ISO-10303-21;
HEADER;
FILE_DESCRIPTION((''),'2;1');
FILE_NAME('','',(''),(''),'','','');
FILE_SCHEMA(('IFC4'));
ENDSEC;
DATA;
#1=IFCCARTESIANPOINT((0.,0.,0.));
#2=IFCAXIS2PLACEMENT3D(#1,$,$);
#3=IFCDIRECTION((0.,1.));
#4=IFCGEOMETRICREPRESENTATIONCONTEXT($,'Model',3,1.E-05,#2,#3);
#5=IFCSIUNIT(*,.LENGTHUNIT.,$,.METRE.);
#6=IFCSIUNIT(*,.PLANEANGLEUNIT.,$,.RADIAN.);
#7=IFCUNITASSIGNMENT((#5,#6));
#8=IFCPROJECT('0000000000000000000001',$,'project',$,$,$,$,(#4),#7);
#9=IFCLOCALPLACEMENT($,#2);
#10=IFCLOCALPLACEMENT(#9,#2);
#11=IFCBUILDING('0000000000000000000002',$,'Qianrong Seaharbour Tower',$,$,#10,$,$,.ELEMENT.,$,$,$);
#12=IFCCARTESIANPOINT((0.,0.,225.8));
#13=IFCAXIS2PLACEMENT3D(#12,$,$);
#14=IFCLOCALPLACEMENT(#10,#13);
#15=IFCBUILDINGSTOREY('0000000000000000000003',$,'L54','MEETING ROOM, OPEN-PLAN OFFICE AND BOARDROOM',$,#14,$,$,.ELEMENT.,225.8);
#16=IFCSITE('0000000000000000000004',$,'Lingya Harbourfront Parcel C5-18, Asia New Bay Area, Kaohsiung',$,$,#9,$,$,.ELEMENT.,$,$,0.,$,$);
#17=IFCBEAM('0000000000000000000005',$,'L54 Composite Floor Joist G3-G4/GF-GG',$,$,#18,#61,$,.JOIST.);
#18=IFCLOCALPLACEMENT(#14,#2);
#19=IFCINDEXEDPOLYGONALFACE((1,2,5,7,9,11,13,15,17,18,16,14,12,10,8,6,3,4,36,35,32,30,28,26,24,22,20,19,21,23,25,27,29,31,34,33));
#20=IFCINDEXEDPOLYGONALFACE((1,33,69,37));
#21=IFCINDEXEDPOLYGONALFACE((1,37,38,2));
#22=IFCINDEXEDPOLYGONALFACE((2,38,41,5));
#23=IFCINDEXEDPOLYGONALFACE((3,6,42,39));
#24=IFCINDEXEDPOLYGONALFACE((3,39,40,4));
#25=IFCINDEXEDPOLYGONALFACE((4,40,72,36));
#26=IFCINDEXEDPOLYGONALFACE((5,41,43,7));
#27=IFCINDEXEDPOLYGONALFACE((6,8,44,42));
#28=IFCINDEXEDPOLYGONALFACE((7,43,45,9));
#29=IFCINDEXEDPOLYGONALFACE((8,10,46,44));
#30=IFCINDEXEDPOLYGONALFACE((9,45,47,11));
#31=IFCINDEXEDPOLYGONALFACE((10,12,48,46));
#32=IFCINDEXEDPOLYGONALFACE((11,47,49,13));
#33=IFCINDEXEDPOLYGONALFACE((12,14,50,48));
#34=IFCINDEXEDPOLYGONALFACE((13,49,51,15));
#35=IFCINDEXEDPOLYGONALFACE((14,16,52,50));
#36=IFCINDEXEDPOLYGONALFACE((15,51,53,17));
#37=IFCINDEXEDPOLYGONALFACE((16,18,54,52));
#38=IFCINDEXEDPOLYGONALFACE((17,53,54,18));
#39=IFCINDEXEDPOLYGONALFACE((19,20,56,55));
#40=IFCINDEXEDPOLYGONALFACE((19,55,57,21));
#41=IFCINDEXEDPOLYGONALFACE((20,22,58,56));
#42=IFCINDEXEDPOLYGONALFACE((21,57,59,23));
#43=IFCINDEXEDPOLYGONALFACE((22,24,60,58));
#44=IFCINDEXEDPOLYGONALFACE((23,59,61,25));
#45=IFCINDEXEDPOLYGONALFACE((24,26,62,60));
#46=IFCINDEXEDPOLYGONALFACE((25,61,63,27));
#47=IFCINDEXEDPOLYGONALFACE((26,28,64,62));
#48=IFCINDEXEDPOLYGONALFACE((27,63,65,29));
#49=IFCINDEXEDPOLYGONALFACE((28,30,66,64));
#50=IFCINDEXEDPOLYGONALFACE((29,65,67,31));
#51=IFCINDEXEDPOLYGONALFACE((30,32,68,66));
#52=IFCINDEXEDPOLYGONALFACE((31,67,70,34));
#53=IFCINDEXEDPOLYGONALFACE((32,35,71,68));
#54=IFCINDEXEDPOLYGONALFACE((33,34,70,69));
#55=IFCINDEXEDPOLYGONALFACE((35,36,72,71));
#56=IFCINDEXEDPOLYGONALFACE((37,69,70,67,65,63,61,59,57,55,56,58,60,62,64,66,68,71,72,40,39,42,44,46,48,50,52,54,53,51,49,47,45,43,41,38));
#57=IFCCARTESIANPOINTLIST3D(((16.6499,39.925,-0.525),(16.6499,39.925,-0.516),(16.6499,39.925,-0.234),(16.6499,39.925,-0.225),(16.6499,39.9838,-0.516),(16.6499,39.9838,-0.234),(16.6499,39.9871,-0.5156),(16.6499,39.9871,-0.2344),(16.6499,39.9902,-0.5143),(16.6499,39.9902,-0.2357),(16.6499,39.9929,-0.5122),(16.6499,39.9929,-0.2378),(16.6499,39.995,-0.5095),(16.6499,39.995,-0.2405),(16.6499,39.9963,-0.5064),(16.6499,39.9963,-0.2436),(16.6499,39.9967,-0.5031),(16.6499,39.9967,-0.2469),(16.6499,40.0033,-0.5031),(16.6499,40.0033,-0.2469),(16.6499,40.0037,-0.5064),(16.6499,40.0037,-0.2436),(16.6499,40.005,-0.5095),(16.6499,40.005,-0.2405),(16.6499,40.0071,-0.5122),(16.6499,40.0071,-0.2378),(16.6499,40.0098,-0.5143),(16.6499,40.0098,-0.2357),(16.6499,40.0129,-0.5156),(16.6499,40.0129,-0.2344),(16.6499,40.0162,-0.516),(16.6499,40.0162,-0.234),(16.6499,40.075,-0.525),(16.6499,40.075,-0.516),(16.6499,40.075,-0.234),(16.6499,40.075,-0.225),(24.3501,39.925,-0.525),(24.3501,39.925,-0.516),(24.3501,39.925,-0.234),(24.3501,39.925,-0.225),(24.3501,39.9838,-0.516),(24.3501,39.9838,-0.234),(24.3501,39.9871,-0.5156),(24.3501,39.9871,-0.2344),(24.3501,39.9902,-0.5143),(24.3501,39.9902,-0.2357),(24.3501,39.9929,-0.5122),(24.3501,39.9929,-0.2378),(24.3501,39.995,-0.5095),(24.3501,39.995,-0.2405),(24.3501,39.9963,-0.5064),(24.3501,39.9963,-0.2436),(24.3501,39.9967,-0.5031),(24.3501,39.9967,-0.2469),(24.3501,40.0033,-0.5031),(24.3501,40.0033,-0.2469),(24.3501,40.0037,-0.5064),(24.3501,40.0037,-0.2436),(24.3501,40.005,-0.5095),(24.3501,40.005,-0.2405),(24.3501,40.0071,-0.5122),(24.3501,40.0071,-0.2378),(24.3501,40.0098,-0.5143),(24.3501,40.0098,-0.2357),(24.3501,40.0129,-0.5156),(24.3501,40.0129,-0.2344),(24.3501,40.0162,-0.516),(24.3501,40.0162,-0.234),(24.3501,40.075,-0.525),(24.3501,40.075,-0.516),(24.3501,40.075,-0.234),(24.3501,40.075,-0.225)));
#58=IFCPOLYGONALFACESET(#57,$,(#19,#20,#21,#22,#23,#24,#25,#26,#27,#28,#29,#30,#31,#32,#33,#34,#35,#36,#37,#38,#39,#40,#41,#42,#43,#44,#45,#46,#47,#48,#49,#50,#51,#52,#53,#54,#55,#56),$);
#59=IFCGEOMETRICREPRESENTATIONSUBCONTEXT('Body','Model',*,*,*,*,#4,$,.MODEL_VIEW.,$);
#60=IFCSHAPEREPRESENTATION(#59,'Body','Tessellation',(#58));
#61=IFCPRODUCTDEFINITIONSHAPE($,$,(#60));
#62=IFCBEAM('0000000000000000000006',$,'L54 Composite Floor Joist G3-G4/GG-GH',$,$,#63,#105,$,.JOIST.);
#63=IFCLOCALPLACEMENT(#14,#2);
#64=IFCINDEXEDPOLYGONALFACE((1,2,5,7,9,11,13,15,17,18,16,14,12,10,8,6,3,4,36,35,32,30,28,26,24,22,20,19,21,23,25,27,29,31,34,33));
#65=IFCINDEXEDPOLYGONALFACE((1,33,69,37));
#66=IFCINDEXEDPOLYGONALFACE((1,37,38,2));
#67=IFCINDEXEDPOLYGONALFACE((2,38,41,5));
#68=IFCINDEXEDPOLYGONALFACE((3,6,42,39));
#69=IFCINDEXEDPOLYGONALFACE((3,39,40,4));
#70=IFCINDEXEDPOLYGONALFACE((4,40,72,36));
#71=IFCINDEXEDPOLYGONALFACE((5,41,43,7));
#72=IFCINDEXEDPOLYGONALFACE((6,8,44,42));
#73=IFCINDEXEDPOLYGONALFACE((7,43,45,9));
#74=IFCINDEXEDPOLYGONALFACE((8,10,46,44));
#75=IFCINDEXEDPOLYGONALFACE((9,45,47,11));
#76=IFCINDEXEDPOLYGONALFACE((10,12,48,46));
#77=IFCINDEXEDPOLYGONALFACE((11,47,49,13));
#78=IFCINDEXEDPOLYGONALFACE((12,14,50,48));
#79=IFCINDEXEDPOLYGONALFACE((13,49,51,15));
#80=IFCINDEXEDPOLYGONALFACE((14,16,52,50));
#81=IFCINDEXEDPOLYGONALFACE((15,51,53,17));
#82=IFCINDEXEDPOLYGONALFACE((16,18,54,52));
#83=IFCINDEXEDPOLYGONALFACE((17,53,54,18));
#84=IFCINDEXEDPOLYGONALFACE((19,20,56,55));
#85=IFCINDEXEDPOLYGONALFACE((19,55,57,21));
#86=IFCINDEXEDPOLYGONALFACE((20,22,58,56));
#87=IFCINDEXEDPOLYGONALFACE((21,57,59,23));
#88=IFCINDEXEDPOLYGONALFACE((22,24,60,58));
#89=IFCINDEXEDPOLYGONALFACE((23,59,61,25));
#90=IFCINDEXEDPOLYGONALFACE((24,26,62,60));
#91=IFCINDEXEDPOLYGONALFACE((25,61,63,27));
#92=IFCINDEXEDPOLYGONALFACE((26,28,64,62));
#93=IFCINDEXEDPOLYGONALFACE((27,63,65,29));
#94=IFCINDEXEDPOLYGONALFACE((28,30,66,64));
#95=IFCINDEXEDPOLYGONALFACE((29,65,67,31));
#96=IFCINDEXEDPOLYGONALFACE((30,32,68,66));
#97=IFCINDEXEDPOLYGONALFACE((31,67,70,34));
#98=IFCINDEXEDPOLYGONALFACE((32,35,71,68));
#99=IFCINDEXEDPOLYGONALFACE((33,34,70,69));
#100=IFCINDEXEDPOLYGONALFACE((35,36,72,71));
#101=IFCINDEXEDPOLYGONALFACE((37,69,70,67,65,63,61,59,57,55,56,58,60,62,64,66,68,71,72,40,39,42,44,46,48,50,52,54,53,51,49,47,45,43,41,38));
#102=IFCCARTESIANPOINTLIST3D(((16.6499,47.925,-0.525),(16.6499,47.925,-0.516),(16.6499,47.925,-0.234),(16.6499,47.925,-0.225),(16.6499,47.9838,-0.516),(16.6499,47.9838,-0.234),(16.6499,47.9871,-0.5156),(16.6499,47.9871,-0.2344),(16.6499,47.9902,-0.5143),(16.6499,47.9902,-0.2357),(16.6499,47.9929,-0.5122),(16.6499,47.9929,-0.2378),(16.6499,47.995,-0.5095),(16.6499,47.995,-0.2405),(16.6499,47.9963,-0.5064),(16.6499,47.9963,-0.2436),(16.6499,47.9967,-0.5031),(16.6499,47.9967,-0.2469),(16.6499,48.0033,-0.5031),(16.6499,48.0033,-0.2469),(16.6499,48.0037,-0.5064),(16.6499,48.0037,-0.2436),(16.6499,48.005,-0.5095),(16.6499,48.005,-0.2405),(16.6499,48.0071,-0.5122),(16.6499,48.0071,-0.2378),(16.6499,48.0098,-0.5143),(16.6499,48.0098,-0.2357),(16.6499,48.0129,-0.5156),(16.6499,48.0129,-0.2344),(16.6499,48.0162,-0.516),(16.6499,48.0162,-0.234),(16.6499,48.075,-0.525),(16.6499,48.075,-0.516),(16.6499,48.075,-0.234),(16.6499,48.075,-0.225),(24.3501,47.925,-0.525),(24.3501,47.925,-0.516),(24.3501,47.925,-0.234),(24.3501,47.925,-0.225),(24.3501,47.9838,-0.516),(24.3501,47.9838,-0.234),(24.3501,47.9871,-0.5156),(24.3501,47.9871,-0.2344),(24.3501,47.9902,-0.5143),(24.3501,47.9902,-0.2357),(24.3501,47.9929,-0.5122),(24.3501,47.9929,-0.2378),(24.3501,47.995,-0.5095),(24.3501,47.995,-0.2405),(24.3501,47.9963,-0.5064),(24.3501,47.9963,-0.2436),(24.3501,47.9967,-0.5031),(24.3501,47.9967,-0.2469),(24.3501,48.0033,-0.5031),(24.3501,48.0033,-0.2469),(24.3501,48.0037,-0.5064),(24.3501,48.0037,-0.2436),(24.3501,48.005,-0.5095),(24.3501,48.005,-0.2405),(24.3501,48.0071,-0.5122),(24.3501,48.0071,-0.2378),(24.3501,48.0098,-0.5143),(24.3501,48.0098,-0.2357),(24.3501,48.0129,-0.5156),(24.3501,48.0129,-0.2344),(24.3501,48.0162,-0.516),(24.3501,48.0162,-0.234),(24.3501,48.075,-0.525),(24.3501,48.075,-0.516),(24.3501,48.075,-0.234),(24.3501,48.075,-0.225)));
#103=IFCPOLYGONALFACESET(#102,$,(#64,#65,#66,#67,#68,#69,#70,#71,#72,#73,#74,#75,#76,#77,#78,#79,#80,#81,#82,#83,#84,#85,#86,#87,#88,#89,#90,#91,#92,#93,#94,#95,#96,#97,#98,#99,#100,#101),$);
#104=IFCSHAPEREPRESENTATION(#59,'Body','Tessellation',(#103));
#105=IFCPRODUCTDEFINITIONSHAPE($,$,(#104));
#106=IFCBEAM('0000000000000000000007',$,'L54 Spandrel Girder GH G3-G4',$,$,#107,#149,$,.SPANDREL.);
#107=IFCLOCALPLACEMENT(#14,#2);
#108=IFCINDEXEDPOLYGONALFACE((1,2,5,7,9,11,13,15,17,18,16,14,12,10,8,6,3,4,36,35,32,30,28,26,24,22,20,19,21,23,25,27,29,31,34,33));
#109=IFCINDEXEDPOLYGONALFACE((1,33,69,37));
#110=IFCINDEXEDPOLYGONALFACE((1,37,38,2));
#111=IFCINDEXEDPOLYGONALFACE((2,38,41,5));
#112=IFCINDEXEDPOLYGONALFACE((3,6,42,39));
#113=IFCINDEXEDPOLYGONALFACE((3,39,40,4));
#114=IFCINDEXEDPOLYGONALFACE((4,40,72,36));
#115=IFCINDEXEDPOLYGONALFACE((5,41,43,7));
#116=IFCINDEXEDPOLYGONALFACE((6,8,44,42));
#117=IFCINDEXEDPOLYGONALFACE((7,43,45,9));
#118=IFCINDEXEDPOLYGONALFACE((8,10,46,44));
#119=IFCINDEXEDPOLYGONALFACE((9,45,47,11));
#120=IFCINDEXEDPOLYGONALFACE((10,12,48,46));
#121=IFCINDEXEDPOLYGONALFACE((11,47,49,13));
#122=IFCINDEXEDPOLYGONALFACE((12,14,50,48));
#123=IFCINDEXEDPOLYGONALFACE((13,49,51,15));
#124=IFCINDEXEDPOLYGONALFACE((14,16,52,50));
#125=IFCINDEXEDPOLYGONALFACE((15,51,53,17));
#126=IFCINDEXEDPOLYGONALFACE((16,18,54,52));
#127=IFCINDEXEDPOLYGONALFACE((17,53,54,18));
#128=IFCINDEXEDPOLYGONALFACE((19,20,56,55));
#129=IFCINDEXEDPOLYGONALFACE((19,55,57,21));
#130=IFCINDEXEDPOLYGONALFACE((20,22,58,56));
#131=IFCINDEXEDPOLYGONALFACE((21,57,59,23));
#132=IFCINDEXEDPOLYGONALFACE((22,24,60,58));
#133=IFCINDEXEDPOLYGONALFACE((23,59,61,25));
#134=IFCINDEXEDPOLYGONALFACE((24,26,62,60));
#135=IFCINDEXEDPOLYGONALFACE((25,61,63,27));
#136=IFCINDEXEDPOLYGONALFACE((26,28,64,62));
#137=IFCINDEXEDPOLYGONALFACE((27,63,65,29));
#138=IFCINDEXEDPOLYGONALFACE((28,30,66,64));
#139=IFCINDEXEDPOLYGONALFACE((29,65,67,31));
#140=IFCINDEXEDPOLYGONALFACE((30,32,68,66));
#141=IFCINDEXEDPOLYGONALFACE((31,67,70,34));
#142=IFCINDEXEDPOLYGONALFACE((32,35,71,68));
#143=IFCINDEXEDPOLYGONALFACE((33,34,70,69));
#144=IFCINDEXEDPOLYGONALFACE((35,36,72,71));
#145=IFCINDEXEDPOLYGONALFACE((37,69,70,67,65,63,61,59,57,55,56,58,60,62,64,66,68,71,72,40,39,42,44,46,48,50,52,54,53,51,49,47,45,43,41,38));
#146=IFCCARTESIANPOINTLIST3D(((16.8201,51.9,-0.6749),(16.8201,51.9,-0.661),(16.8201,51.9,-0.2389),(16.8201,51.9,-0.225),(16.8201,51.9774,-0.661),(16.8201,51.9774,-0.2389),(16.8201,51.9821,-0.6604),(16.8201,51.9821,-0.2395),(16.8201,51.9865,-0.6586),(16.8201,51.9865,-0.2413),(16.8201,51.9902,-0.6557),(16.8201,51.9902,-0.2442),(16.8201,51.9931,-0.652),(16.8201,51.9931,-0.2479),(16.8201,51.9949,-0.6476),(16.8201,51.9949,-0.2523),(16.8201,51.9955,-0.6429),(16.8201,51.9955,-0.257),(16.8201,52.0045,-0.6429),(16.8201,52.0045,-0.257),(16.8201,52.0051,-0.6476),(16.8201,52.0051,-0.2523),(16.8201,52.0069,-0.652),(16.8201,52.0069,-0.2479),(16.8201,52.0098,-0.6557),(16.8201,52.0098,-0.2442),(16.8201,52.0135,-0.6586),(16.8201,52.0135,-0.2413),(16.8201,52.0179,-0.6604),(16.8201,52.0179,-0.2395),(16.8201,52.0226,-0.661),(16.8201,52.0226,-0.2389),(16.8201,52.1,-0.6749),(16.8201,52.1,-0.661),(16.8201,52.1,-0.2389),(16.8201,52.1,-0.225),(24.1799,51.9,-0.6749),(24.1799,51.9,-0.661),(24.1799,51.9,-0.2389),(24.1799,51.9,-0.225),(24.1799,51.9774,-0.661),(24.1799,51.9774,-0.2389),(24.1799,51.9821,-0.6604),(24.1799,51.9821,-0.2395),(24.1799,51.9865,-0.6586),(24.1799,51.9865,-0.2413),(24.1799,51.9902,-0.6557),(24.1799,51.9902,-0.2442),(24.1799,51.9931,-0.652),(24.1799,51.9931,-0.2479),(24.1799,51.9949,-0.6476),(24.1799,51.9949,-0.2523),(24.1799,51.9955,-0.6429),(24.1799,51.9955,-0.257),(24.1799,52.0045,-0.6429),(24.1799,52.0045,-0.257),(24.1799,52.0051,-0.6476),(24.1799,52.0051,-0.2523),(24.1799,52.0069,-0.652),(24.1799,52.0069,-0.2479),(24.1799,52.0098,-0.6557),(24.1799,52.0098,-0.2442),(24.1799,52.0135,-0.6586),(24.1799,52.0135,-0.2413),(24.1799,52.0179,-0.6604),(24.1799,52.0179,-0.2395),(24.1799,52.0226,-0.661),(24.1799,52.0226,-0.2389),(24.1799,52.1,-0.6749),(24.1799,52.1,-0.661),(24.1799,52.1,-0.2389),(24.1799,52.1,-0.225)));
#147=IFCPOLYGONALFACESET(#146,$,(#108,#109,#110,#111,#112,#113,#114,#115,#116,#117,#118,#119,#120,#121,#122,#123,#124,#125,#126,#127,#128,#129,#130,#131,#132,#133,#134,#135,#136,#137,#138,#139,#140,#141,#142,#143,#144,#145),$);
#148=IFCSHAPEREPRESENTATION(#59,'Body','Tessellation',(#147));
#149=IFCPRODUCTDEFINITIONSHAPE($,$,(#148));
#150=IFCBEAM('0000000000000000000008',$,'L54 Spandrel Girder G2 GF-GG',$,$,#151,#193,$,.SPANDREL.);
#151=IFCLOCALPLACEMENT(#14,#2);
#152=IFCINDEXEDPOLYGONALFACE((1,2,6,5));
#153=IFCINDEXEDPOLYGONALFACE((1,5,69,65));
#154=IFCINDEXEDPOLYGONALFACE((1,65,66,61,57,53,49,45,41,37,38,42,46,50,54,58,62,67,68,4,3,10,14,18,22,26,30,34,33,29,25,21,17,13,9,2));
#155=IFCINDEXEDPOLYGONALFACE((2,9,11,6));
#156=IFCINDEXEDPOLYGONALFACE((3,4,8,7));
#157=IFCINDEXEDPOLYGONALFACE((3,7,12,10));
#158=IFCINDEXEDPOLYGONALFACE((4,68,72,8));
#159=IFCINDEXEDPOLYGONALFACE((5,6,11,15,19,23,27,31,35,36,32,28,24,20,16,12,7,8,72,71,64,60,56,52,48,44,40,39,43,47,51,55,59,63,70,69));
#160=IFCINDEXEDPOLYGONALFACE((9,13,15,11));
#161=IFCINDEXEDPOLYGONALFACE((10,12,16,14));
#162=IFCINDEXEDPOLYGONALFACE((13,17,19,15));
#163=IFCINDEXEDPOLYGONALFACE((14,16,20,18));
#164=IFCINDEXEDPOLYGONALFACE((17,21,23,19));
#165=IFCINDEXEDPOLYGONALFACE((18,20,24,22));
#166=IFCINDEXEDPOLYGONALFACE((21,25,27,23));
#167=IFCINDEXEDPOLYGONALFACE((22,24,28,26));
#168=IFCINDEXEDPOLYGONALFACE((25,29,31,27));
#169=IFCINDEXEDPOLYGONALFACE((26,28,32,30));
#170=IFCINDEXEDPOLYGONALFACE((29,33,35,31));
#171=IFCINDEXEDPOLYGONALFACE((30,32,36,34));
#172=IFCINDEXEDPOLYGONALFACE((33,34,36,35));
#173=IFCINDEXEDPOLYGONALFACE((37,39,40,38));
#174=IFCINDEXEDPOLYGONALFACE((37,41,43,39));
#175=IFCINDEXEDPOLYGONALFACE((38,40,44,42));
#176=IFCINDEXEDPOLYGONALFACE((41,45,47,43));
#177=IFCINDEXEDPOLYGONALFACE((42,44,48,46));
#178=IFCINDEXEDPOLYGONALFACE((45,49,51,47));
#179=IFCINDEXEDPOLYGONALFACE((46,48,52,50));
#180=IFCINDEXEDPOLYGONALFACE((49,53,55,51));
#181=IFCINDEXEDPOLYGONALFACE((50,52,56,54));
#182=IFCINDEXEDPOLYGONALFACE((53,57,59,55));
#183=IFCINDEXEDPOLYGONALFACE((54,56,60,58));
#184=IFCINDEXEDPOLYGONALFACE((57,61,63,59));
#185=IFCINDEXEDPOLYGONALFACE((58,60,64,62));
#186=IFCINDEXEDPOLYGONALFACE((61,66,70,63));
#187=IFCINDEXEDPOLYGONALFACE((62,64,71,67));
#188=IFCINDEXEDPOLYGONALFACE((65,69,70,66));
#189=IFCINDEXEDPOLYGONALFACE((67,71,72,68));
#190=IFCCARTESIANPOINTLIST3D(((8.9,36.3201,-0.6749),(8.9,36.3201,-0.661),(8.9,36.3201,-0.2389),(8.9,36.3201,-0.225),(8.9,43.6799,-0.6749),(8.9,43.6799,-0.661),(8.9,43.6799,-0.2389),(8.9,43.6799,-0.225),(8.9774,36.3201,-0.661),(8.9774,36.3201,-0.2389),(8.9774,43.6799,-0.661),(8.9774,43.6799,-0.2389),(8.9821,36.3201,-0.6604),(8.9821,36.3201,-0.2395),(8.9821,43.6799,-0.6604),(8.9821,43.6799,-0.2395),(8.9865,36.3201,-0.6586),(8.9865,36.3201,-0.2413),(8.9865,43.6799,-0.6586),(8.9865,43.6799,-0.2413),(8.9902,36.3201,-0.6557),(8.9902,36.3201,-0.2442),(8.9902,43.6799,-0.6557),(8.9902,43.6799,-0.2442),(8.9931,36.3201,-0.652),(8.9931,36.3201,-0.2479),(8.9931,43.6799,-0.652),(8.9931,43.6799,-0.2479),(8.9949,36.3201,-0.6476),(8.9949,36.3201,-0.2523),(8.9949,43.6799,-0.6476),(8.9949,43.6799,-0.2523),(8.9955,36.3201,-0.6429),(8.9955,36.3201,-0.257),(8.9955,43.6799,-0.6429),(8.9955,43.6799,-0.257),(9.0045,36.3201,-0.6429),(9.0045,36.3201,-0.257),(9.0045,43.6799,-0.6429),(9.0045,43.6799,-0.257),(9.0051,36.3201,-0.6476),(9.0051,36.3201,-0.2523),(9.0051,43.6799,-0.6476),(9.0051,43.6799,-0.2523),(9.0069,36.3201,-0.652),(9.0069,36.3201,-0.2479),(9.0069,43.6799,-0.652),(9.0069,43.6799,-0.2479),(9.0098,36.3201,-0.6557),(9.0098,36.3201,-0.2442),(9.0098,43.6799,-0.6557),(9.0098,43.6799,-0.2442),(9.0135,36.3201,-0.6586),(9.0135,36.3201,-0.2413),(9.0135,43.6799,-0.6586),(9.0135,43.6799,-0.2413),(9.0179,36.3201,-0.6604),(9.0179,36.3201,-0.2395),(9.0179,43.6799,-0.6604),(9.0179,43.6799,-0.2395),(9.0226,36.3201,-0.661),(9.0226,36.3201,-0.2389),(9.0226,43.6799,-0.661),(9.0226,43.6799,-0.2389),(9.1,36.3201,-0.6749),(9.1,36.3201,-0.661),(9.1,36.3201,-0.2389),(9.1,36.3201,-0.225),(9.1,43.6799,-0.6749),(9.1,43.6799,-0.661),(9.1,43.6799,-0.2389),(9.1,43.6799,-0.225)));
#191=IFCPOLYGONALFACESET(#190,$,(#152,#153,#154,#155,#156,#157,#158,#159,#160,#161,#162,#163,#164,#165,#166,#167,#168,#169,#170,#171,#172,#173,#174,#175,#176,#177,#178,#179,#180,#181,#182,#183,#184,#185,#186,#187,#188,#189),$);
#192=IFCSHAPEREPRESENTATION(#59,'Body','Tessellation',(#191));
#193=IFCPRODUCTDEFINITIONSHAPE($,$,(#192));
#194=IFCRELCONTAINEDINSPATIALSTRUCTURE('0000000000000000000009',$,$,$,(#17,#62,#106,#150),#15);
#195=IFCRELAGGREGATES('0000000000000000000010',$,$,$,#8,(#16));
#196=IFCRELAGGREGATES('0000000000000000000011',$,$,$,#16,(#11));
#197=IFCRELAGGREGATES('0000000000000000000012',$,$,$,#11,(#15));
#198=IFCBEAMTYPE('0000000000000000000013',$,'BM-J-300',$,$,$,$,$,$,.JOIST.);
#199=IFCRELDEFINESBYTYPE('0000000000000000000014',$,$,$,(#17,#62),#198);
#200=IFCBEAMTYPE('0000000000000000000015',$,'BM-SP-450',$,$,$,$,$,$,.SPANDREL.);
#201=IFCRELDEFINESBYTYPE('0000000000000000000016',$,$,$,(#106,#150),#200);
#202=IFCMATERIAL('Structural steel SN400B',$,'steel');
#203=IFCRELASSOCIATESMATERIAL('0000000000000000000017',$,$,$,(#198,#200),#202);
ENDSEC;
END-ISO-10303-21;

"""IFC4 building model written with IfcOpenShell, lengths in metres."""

from ifc_helpers import new_model, si_unit, direction, frame, origin, origin_2d, place, context, subcontext, project, spatial, i_section, extrude, material, material_profile, profile_set, type_object, element, save


model = new_model("IFC4")

# Units and contexts
model_context = context("Model", 3, precision=1e-05, world=origin(), true_north=direction((0.0, 1.0)))
body_context = subcontext(model_context, "Body", "Model", "MODEL_VIEW")
ifc_project = project(units=[si_unit("LENGTHUNIT", "METRE"), si_unit("PLANEANGLEUNIT", "RADIAN")], contexts=[model_context])

# Site, building, storey
site_placement = place(None, origin())
site = spatial("IfcSite", under=ifc_project, at=site_placement, Name="Lingya Harbourfront Parcel C5-18, Asia New Bay Area, Kaohsiung", CompositionType="ELEMENT", RefElevation=0.0)
building_placement = place(site_placement, origin())
building = spatial("IfcBuilding", under=site, at=building_placement, Name="Qianrong Seaharbour Tower", CompositionType="ELEMENT")
storey_placement = place(building_placement, frame((0.0, 0.0, 225.8)))
storey = spatial("IfcBuildingStorey", under=building, at=storey_placement, Name="L54", Description="MEETING ROOM, OPEN-PLAN OFFICE AND BOARDROOM", CompositionType="ELEMENT", Elevation=225.8)

# Beams
ifc_material_1 = material(Name="Structural steel SN400B", Category="steel")
ifc_material_profile_1 = material_profile(ifc_material_1, i_section(OverallWidth=0.1499, OverallDepth=0.3, WebThickness=0.0066, FlangeThickness=0.009, FilletRadius=0.0129, at=origin_2d()), Name="H300x150x6.5x9")
ifc_profile_set_1 = profile_set([ifc_material_profile_1], Name="Structural steel SN400B")
beam_type_1 = type_object("IfcBeamType", Name="BM-J-300", PredefinedType="JOIST", material=ifc_profile_set_1)
for number, where, z_axis, x_axis, name in (
    (1, (16.6499, 40.0, -0.375), (1.0, 0.0, 0.0), (0.0, 1.0, 0.0), "L54 Composite Floor Joist G3-G4/GF-GG"),
    (2, (16.6499, 48.0, -0.375), (1.0, 0.0, 0.0), (0.0, 1.0, 0.0), "L54 Composite Floor Joist G3-G4/GG-GH"),
):
    element("IfcBeam", number, at=place(storey_placement, frame(where, z_axis=z_axis, x_axis=x_axis)), inside=storey, type_object=beam_type_1, Name=name, PredefinedType="JOIST", context=body_context, shape_type="SweptSolid", body=[
        extrude(i_section(OverallWidth=0.1499, OverallDepth=0.3, WebThickness=0.0066, FlangeThickness=0.009, FilletRadius=0.0129, at=origin_2d()), origin(), (0.0, 0.0, 1.0), 7.7002),
    ])
ifc_material_profile_2 = material_profile(ifc_material_1, i_section(OverallWidth=0.2, OverallDepth=0.45, WebThickness=0.009, FlangeThickness=0.0139, FilletRadius=0.0181, at=origin_2d()), Name="H450x200x9x14")
ifc_profile_set_2 = profile_set([ifc_material_profile_2], Name="Structural steel SN400B")
beam_type_2 = type_object("IfcBeamType", Name="BM-SP-450", PredefinedType="SPANDREL", material=ifc_profile_set_2)
for number, where, z_axis, x_axis, name in (
    (3, (16.8201, 52.0, -0.45), (1.0, 0.0, 0.0), (0.0, 1.0, 0.0), "L54 Spandrel Girder GH G3-G4"),
    (4, (9.0, 36.3201, -0.45), (0.0, 1.0, 0.0), (-1.0, 0.0, 0.0), "L54 Spandrel Girder G2 GF-GG"),
):
    element("IfcBeam", number, at=place(storey_placement, frame(where, z_axis=z_axis, x_axis=x_axis)), inside=storey, type_object=beam_type_2, Name=name, PredefinedType="SPANDREL", context=body_context, shape_type="SweptSolid", body=[
        extrude(i_section(OverallWidth=0.2, OverallDepth=0.45, WebThickness=0.009, FlangeThickness=0.0139, FilletRadius=0.0181, at=origin_2d()), origin(), (0.0, 0.0, 1.0), 7.3599),
    ])

save(model, "model.ifc")
